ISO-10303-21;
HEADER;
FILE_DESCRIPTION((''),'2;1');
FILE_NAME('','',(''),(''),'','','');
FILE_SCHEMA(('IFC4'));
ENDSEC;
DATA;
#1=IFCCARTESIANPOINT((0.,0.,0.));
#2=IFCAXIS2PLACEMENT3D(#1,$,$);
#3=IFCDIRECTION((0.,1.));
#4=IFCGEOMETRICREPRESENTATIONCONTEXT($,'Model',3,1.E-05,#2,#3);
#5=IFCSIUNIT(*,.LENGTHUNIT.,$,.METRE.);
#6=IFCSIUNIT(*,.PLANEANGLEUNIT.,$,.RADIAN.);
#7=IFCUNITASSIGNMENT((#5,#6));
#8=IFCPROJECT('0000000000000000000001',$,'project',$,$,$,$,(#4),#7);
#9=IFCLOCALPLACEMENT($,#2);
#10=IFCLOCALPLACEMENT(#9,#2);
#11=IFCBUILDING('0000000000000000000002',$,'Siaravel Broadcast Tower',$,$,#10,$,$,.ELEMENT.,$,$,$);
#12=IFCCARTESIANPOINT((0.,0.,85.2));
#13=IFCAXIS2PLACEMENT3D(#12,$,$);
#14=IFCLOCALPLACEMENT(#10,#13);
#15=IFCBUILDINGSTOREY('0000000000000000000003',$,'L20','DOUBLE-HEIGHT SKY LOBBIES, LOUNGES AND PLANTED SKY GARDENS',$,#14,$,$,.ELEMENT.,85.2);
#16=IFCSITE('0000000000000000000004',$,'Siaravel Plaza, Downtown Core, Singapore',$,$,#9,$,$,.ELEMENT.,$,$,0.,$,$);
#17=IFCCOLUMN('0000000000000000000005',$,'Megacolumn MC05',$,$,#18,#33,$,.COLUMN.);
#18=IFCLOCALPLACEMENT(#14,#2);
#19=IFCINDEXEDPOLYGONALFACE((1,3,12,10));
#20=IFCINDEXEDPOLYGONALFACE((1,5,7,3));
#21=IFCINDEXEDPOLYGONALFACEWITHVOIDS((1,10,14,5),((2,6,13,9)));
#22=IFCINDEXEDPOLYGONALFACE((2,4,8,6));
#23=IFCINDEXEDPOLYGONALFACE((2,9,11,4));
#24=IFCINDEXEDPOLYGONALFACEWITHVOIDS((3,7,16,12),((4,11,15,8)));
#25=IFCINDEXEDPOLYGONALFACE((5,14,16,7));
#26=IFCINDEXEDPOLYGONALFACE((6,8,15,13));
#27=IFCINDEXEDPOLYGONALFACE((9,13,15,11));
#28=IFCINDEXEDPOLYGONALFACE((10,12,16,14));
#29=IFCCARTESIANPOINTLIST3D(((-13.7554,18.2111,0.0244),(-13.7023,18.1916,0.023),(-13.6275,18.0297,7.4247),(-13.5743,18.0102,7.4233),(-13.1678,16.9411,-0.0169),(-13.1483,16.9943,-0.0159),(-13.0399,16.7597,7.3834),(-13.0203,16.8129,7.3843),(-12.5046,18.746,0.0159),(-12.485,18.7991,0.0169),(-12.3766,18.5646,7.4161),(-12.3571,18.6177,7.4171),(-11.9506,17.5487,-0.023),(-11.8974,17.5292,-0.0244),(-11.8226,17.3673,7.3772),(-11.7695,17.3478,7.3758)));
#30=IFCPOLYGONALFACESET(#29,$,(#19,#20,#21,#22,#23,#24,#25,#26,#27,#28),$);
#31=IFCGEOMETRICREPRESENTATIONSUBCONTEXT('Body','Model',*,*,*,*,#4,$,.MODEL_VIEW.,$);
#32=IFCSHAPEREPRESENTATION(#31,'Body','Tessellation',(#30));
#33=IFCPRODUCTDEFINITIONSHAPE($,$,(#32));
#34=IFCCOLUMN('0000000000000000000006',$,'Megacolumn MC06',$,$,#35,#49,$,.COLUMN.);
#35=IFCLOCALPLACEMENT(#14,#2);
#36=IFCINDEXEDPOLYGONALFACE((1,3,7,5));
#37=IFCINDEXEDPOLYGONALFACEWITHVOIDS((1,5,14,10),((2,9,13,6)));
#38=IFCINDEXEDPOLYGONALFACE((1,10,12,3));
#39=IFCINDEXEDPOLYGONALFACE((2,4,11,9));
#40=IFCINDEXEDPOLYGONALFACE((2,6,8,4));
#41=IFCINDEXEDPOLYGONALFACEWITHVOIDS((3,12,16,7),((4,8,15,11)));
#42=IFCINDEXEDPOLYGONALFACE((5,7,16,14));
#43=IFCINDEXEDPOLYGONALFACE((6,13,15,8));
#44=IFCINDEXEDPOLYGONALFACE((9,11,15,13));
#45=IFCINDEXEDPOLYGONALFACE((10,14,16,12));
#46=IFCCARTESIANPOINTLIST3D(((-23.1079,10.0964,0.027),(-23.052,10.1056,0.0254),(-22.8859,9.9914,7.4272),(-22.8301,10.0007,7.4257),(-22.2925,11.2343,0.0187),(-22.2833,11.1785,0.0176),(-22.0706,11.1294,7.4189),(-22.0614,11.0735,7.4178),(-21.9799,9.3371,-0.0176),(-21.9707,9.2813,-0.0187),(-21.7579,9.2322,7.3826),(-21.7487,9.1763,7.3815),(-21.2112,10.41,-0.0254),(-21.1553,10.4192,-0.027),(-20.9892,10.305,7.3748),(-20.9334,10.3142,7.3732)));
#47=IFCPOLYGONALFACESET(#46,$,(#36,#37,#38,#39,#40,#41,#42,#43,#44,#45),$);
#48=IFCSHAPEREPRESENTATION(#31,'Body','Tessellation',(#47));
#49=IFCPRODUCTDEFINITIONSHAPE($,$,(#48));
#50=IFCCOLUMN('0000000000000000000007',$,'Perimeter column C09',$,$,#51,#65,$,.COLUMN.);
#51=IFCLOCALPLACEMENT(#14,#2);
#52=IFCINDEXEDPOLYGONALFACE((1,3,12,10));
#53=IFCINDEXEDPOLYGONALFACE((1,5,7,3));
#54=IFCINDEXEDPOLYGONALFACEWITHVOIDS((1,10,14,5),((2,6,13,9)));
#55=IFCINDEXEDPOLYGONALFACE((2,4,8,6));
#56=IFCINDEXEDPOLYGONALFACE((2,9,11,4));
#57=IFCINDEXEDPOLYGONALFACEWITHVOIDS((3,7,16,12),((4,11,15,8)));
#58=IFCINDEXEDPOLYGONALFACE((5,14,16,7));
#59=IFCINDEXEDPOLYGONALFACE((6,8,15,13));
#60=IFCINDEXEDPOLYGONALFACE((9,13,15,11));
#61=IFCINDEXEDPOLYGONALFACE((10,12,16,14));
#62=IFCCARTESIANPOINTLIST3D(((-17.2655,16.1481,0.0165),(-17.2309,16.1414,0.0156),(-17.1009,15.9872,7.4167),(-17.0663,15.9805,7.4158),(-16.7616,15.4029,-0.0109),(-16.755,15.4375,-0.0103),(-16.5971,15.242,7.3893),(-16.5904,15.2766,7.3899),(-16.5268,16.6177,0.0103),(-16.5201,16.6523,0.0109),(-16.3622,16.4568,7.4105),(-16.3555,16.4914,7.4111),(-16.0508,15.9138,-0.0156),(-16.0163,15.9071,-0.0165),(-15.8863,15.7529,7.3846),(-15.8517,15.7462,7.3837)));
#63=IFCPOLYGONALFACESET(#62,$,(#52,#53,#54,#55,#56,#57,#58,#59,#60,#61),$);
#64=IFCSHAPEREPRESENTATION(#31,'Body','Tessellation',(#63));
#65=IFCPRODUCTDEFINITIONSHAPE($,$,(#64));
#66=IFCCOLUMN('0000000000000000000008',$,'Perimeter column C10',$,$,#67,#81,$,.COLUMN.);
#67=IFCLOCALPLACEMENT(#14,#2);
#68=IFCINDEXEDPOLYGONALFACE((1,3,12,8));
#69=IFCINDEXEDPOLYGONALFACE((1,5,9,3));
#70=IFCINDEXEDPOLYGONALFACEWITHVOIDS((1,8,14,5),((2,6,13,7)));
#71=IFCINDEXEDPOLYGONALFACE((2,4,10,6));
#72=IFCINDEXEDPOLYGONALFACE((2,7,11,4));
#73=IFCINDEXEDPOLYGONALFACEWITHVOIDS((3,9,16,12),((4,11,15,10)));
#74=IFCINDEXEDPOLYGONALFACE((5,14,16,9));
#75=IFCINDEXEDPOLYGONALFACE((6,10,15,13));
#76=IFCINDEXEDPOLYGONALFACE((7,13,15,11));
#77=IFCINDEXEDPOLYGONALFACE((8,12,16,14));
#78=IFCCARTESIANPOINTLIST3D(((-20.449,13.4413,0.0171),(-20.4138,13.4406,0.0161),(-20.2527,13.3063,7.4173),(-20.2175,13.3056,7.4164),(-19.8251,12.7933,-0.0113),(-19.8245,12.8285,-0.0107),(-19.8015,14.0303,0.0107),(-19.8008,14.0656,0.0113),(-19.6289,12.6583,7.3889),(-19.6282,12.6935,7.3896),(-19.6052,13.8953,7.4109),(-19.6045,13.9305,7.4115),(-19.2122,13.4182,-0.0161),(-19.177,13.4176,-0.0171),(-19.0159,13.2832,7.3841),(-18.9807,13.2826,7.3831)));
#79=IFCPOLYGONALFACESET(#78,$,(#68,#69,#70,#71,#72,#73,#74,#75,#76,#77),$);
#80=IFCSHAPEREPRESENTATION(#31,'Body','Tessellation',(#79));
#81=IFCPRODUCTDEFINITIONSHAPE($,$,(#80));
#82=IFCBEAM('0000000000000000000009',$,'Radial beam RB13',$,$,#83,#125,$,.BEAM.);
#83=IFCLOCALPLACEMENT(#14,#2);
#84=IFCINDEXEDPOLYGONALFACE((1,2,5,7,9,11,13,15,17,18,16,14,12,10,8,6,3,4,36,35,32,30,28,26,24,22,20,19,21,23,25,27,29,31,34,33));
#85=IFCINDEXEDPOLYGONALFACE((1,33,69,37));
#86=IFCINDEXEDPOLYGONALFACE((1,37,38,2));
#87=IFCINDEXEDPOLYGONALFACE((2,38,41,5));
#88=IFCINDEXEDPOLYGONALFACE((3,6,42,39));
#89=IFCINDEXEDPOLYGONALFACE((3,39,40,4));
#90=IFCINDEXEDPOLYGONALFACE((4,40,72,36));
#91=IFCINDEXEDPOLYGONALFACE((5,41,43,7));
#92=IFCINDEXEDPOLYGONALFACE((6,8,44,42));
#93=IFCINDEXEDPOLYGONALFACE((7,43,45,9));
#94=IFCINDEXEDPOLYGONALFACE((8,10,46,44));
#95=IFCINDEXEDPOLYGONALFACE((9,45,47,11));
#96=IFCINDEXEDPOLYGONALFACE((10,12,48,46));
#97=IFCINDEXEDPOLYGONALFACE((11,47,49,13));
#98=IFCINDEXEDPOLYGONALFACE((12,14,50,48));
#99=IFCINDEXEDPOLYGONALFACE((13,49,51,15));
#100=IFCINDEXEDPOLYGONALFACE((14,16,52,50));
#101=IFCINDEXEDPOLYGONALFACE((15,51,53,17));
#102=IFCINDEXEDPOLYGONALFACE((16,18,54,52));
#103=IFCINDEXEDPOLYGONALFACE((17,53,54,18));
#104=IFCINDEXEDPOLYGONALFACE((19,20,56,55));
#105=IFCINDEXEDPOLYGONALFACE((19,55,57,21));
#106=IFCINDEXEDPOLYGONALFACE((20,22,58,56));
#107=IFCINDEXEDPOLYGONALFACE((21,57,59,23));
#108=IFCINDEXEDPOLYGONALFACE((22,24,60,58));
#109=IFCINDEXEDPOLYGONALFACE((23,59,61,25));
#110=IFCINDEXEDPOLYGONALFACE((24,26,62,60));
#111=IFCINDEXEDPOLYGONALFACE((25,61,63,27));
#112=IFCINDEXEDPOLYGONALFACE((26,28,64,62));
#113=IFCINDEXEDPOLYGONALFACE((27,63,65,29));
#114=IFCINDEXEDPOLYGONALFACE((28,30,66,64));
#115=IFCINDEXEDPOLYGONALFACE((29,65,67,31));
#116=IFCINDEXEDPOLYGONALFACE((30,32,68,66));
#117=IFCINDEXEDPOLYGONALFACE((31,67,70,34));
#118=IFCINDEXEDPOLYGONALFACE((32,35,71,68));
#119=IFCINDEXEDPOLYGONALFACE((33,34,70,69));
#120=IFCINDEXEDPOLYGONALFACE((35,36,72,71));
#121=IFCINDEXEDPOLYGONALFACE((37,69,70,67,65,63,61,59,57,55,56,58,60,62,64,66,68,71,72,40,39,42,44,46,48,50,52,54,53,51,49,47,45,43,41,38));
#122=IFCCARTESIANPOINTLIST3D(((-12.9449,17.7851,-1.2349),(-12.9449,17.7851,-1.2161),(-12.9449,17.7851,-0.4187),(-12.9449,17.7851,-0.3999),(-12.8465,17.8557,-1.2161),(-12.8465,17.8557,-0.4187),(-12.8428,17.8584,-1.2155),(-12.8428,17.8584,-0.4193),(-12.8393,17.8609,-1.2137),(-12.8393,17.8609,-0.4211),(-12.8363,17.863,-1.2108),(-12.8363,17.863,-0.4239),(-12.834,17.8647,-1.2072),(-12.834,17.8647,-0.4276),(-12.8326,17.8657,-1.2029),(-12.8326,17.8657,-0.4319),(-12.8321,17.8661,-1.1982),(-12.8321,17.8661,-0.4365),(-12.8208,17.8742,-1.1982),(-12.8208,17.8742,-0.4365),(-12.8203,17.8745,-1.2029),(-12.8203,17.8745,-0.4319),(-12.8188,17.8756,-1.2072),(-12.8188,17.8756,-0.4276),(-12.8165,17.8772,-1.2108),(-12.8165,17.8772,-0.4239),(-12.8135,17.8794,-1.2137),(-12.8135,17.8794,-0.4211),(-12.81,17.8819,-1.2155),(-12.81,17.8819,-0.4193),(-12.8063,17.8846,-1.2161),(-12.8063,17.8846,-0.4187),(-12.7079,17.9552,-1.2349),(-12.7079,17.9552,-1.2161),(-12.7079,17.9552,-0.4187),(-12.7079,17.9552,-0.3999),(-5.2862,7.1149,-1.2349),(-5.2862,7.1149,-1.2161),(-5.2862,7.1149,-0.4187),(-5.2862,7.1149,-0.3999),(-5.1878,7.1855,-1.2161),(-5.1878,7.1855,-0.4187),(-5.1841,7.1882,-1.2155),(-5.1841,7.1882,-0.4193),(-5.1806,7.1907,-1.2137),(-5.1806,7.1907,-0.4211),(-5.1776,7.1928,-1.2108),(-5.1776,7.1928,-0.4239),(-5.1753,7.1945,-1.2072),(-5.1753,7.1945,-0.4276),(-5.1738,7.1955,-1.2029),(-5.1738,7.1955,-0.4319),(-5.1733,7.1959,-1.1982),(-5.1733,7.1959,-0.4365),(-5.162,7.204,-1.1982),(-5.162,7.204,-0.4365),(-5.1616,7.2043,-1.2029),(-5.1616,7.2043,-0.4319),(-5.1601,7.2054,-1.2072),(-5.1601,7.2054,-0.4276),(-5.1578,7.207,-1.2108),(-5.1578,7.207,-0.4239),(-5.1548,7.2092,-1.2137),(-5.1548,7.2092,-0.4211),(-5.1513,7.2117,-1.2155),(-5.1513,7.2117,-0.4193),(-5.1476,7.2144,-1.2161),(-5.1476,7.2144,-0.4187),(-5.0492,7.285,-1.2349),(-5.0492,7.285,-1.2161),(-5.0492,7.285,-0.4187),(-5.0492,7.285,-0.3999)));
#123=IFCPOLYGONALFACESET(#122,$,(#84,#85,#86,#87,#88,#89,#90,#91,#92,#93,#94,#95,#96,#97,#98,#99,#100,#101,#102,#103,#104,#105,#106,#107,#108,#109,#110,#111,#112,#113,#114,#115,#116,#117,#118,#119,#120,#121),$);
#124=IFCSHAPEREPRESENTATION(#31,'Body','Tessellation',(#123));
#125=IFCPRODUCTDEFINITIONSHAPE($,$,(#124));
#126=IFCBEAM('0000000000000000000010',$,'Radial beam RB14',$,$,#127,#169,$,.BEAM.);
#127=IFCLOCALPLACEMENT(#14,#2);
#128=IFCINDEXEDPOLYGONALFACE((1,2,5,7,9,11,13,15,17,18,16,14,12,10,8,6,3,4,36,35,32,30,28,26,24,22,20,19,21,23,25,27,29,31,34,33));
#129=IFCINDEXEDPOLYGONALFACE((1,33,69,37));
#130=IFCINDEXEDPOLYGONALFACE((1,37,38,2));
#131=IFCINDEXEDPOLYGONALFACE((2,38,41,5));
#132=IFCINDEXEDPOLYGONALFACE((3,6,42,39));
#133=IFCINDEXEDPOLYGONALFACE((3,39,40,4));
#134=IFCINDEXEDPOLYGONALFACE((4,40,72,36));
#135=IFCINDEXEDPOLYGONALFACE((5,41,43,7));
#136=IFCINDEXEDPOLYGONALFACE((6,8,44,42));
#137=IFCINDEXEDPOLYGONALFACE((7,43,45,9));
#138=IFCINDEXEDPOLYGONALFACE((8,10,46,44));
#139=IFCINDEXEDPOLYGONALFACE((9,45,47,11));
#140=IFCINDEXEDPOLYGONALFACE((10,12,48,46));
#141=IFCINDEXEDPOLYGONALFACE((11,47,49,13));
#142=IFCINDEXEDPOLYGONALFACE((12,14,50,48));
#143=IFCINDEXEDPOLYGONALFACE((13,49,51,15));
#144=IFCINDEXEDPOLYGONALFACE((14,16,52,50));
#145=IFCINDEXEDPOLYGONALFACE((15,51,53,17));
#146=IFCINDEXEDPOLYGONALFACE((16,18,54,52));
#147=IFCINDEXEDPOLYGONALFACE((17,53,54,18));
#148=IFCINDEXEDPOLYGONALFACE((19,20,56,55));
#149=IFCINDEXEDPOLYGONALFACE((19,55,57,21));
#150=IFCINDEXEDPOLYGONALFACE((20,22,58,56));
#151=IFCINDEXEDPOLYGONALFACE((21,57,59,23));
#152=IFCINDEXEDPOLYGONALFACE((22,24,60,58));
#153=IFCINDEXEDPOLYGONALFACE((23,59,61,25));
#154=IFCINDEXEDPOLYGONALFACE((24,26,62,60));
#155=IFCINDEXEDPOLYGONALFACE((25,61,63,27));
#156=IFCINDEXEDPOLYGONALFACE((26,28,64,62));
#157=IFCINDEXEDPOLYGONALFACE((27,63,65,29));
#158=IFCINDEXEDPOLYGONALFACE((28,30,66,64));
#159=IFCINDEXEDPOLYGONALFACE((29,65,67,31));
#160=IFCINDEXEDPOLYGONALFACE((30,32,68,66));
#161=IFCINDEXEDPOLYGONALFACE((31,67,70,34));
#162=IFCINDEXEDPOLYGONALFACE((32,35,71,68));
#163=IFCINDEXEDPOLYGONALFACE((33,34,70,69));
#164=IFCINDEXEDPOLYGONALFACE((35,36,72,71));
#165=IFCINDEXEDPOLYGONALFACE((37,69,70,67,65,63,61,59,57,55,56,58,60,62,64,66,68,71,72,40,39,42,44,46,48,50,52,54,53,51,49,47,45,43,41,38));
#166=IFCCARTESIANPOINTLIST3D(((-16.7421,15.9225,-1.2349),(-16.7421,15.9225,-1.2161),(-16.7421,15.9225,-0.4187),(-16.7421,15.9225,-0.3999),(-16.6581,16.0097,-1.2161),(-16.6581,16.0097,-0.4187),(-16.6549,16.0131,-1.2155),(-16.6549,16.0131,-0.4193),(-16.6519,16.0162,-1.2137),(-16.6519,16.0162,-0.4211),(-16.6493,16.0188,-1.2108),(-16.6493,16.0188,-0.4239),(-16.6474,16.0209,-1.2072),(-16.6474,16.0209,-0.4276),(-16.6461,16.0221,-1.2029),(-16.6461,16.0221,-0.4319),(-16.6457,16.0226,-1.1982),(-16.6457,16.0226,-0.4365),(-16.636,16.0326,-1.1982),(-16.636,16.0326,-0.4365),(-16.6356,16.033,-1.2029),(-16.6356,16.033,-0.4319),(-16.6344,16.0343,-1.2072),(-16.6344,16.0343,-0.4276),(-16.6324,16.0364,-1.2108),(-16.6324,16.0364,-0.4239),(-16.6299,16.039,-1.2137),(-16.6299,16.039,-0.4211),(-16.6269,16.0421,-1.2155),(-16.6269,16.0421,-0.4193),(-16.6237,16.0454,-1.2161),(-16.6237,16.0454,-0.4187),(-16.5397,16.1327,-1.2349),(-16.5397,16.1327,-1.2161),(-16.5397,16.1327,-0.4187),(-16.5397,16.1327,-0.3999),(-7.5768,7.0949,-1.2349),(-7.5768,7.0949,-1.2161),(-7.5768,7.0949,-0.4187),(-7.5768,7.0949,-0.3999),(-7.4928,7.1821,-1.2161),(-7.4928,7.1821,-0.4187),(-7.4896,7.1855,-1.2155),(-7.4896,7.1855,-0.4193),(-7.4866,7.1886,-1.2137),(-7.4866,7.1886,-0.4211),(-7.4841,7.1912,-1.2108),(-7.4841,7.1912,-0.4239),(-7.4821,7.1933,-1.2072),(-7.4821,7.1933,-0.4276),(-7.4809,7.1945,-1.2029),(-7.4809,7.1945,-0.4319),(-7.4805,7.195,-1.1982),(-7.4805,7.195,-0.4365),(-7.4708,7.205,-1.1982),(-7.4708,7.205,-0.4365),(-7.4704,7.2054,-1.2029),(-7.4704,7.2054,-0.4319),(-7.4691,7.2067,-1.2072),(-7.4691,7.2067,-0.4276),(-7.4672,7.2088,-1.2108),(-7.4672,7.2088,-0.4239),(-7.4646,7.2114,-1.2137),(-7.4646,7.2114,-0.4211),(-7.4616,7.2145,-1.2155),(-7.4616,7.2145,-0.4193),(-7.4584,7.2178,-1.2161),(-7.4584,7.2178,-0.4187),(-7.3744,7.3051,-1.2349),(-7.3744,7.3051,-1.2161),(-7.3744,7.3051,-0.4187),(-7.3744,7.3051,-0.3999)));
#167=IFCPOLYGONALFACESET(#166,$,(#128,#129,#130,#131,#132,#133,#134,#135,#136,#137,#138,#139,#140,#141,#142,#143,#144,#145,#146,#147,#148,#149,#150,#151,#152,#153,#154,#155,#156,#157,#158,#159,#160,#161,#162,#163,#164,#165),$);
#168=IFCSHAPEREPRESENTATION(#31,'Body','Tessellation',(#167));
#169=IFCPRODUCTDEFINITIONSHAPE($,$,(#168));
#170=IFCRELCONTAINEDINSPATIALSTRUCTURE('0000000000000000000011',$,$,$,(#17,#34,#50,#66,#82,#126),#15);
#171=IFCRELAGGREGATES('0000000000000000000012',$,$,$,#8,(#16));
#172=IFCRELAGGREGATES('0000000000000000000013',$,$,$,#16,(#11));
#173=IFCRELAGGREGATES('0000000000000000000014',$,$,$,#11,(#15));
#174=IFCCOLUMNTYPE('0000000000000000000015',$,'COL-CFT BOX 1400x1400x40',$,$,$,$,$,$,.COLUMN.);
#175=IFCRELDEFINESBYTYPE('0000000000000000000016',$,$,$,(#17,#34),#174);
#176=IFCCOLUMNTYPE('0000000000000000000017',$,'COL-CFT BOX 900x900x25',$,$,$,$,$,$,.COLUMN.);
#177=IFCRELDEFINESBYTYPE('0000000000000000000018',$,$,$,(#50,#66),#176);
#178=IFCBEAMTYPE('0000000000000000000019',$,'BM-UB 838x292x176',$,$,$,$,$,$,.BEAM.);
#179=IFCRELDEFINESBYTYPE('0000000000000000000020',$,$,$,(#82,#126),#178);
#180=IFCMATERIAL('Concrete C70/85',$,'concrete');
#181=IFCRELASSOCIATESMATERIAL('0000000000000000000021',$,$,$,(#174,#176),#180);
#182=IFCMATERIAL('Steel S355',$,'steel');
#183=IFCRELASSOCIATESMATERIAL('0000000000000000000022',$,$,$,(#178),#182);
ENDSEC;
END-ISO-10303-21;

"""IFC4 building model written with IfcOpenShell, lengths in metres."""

from ifc_helpers import new_model, si_unit, direction, frame, origin, origin_2d, place, context, subcontext, project, spatial, hollow_rectangle, i_section, extrude, material, material_profile, profile_set, type_object, element, save


model = new_model("IFC4")

# Units and contexts
model_context = context("Model", 3, precision=1e-05, world=origin(), true_north=direction((0.0, 1.0)))
body_context = subcontext(model_context, "Body", "Model", "MODEL_VIEW")
ifc_project = project(units=[si_unit("LENGTHUNIT", "METRE"), si_unit("PLANEANGLEUNIT", "RADIAN")], contexts=[model_context])

# Site, building, storey
site_placement = place(None, origin())
site = spatial("IfcSite", under=ifc_project, at=site_placement, Name="Siaravel Plaza, Downtown Core, Singapore", CompositionType="ELEMENT", RefElevation=0.0)
building_placement = place(site_placement, origin())
building = spatial("IfcBuilding", under=site, at=building_placement, Name="Siaravel Broadcast Tower", CompositionType="ELEMENT")
storey_placement = place(building_placement, frame((0.0, 0.0, 85.2)))
storey = spatial("IfcBuildingStorey", under=building, at=storey_placement, Name="L20", Description="DOUBLE-HEIGHT SKY LOBBIES, LOUNGES AND PLANTED SKY GARDENS", CompositionType="ELEMENT", Elevation=85.2)

# Columns
ifc_material_1 = material(Name="Concrete C70/85", Category="concrete")
ifc_material_profile_1 = material_profile(ifc_material_1, hollow_rectangle(XDim=1.3999, YDim=1.3999, WallThickness=0.04, at=origin_2d()))
ifc_profile_set_1 = profile_set([ifc_material_profile_1], Name="Concrete C70/85")
column_type_1 = type_object("IfcColumnType", Name="COL-CFT BOX 1400x1400x40", PredefinedType="COLUMN", material=ifc_profile_set_1)
column_1_placement = place(storey_placement, frame((-12.8264, 17.8701, 0.0), z_axis=(0.01728, -0.024502, 0.99955), x_axis=(0.907479, 0.420063, -0.005391)))
element("IfcColumn", 1, at=column_1_placement, inside=storey, type_object=column_type_1, Name="Megacolumn MC05", PredefinedType="COLUMN", context=body_context, shape_type="SweptSolid", body=[
    extrude(hollow_rectangle(XDim=1.3999, YDim=1.3999, WallThickness=0.04, at=origin_2d()), origin(), (0.0, 0.0, 1.0), 7.4036),
])
column_2_placement = place(storey_placement, frame((-22.1316, 10.2578, 0.0), z_axis=(0.029973, -0.014178, 0.99945), x_axis=(0.582422, 0.812865, -0.005935)))
element("IfcColumn", 2, at=column_2_placement, inside=storey, type_object=column_type_1, Name="Megacolumn MC06", PredefinedType="COLUMN", context=body_context, shape_type="SweptSolid", body=[
    extrude(hollow_rectangle(XDim=1.3999, YDim=1.3999, WallThickness=0.04, at=origin_2d()), origin(), (0.0, 0.0, 1.0), 7.4043),
])
ifc_material_profile_2 = material_profile(ifc_material_1, hollow_rectangle(XDim=0.8999, YDim=0.8999, WallThickness=0.0249, at=origin_2d()))
ifc_profile_set_2 = profile_set([ifc_material_profile_2], Name="Concrete C70/85")
column_type_2 = type_object("IfcColumnType", Name="COL-CFT BOX 900x900x25", PredefinedType="COLUMN", material=ifc_profile_set_2)
column_3_placement = place(storey_placement, frame((-16.6409, 16.0276, 0.0), z_axis=(0.022225, -0.021731, 0.999517), x_axis=(0.828277, 0.560283, -0.006236)))
element("IfcColumn", 3, at=column_3_placement, inside=storey, type_object=column_type_2, Name="Perimeter column C09", PredefinedType="COLUMN", context=body_context, shape_type="SweptSolid", body=[
    extrude(hollow_rectangle(XDim=0.8999, YDim=0.8999, WallThickness=0.0249, at=origin_2d()), origin(), (0.0, 0.0, 1.0), 7.4038),
])
column_4_placement = place(storey_placement, frame((-19.813, 13.4294, 0.0), z_axis=(0.026511, -0.018235, 0.999482), x_axis=(0.720243, 0.693692, -0.006449)))
element("IfcColumn", 4, at=column_4_placement, inside=storey, type_object=column_type_2, Name="Perimeter column C10", PredefinedType="COLUMN", context=body_context, shape_type="SweptSolid", body=[
    extrude(hollow_rectangle(XDim=0.8999, YDim=0.8999, WallThickness=0.0249, at=origin_2d()), origin(), (0.0, 0.0, 1.0), 7.4041),
])

# Beams
ifc_material_2 = material(Name="Steel S355", Category="steel")
ifc_material_profile_3 = material_profile(ifc_material_2, i_section(OverallWidth=0.2917, OverallDepth=0.835, WebThickness=0.0139, FlangeThickness=0.0188, FilletRadius=0.0178, at=origin_2d()))
ifc_profile_set_3 = profile_set([ifc_material_profile_3], Name="Steel S355")
beam_type = type_object("IfcBeamType", Name="BM-UB 838x292x176", PredefinedType="BEAM", material=ifc_profile_set_3)
beam_1_placement = place(storey_placement, frame((-12.8264, 17.8701, -0.8174), z_axis=(0.583109, -0.812394, 0.0), x_axis=(0.812394, 0.583109, 0.0)))
element("IfcBeam", 5, at=beam_1_placement, inside=storey, type_object=beam_type, Name="Radial beam RB13", PredefinedType="BEAM", context=body_context, shape_type="SweptSolid", body=[
    extrude(i_section(OverallWidth=0.2917, OverallDepth=0.835, WebThickness=0.0139, FlangeThickness=0.0188, FilletRadius=0.0178, at=origin_2d()), origin(), (0.0, 0.0, 1.0), 13.1343),
])
beam_2_placement = place(storey_placement, frame((-16.6409, 16.0276, -0.8174), z_axis=(0.720249, -0.693715, 0.0), x_axis=(0.693715, 0.720249, 0.0)))
element("IfcBeam", 6, at=beam_2_placement, inside=storey, type_object=beam_type, Name="Radial beam RB14", PredefinedType="BEAM", context=body_context, shape_type="SweptSolid", body=[
    extrude(i_section(OverallWidth=0.2917, OverallDepth=0.835, WebThickness=0.0139, FlangeThickness=0.0188, FilletRadius=0.0178, at=origin_2d()), origin(), (0.0, 0.0, 1.0), 12.7251),
])

save(model, "model.ifc")
